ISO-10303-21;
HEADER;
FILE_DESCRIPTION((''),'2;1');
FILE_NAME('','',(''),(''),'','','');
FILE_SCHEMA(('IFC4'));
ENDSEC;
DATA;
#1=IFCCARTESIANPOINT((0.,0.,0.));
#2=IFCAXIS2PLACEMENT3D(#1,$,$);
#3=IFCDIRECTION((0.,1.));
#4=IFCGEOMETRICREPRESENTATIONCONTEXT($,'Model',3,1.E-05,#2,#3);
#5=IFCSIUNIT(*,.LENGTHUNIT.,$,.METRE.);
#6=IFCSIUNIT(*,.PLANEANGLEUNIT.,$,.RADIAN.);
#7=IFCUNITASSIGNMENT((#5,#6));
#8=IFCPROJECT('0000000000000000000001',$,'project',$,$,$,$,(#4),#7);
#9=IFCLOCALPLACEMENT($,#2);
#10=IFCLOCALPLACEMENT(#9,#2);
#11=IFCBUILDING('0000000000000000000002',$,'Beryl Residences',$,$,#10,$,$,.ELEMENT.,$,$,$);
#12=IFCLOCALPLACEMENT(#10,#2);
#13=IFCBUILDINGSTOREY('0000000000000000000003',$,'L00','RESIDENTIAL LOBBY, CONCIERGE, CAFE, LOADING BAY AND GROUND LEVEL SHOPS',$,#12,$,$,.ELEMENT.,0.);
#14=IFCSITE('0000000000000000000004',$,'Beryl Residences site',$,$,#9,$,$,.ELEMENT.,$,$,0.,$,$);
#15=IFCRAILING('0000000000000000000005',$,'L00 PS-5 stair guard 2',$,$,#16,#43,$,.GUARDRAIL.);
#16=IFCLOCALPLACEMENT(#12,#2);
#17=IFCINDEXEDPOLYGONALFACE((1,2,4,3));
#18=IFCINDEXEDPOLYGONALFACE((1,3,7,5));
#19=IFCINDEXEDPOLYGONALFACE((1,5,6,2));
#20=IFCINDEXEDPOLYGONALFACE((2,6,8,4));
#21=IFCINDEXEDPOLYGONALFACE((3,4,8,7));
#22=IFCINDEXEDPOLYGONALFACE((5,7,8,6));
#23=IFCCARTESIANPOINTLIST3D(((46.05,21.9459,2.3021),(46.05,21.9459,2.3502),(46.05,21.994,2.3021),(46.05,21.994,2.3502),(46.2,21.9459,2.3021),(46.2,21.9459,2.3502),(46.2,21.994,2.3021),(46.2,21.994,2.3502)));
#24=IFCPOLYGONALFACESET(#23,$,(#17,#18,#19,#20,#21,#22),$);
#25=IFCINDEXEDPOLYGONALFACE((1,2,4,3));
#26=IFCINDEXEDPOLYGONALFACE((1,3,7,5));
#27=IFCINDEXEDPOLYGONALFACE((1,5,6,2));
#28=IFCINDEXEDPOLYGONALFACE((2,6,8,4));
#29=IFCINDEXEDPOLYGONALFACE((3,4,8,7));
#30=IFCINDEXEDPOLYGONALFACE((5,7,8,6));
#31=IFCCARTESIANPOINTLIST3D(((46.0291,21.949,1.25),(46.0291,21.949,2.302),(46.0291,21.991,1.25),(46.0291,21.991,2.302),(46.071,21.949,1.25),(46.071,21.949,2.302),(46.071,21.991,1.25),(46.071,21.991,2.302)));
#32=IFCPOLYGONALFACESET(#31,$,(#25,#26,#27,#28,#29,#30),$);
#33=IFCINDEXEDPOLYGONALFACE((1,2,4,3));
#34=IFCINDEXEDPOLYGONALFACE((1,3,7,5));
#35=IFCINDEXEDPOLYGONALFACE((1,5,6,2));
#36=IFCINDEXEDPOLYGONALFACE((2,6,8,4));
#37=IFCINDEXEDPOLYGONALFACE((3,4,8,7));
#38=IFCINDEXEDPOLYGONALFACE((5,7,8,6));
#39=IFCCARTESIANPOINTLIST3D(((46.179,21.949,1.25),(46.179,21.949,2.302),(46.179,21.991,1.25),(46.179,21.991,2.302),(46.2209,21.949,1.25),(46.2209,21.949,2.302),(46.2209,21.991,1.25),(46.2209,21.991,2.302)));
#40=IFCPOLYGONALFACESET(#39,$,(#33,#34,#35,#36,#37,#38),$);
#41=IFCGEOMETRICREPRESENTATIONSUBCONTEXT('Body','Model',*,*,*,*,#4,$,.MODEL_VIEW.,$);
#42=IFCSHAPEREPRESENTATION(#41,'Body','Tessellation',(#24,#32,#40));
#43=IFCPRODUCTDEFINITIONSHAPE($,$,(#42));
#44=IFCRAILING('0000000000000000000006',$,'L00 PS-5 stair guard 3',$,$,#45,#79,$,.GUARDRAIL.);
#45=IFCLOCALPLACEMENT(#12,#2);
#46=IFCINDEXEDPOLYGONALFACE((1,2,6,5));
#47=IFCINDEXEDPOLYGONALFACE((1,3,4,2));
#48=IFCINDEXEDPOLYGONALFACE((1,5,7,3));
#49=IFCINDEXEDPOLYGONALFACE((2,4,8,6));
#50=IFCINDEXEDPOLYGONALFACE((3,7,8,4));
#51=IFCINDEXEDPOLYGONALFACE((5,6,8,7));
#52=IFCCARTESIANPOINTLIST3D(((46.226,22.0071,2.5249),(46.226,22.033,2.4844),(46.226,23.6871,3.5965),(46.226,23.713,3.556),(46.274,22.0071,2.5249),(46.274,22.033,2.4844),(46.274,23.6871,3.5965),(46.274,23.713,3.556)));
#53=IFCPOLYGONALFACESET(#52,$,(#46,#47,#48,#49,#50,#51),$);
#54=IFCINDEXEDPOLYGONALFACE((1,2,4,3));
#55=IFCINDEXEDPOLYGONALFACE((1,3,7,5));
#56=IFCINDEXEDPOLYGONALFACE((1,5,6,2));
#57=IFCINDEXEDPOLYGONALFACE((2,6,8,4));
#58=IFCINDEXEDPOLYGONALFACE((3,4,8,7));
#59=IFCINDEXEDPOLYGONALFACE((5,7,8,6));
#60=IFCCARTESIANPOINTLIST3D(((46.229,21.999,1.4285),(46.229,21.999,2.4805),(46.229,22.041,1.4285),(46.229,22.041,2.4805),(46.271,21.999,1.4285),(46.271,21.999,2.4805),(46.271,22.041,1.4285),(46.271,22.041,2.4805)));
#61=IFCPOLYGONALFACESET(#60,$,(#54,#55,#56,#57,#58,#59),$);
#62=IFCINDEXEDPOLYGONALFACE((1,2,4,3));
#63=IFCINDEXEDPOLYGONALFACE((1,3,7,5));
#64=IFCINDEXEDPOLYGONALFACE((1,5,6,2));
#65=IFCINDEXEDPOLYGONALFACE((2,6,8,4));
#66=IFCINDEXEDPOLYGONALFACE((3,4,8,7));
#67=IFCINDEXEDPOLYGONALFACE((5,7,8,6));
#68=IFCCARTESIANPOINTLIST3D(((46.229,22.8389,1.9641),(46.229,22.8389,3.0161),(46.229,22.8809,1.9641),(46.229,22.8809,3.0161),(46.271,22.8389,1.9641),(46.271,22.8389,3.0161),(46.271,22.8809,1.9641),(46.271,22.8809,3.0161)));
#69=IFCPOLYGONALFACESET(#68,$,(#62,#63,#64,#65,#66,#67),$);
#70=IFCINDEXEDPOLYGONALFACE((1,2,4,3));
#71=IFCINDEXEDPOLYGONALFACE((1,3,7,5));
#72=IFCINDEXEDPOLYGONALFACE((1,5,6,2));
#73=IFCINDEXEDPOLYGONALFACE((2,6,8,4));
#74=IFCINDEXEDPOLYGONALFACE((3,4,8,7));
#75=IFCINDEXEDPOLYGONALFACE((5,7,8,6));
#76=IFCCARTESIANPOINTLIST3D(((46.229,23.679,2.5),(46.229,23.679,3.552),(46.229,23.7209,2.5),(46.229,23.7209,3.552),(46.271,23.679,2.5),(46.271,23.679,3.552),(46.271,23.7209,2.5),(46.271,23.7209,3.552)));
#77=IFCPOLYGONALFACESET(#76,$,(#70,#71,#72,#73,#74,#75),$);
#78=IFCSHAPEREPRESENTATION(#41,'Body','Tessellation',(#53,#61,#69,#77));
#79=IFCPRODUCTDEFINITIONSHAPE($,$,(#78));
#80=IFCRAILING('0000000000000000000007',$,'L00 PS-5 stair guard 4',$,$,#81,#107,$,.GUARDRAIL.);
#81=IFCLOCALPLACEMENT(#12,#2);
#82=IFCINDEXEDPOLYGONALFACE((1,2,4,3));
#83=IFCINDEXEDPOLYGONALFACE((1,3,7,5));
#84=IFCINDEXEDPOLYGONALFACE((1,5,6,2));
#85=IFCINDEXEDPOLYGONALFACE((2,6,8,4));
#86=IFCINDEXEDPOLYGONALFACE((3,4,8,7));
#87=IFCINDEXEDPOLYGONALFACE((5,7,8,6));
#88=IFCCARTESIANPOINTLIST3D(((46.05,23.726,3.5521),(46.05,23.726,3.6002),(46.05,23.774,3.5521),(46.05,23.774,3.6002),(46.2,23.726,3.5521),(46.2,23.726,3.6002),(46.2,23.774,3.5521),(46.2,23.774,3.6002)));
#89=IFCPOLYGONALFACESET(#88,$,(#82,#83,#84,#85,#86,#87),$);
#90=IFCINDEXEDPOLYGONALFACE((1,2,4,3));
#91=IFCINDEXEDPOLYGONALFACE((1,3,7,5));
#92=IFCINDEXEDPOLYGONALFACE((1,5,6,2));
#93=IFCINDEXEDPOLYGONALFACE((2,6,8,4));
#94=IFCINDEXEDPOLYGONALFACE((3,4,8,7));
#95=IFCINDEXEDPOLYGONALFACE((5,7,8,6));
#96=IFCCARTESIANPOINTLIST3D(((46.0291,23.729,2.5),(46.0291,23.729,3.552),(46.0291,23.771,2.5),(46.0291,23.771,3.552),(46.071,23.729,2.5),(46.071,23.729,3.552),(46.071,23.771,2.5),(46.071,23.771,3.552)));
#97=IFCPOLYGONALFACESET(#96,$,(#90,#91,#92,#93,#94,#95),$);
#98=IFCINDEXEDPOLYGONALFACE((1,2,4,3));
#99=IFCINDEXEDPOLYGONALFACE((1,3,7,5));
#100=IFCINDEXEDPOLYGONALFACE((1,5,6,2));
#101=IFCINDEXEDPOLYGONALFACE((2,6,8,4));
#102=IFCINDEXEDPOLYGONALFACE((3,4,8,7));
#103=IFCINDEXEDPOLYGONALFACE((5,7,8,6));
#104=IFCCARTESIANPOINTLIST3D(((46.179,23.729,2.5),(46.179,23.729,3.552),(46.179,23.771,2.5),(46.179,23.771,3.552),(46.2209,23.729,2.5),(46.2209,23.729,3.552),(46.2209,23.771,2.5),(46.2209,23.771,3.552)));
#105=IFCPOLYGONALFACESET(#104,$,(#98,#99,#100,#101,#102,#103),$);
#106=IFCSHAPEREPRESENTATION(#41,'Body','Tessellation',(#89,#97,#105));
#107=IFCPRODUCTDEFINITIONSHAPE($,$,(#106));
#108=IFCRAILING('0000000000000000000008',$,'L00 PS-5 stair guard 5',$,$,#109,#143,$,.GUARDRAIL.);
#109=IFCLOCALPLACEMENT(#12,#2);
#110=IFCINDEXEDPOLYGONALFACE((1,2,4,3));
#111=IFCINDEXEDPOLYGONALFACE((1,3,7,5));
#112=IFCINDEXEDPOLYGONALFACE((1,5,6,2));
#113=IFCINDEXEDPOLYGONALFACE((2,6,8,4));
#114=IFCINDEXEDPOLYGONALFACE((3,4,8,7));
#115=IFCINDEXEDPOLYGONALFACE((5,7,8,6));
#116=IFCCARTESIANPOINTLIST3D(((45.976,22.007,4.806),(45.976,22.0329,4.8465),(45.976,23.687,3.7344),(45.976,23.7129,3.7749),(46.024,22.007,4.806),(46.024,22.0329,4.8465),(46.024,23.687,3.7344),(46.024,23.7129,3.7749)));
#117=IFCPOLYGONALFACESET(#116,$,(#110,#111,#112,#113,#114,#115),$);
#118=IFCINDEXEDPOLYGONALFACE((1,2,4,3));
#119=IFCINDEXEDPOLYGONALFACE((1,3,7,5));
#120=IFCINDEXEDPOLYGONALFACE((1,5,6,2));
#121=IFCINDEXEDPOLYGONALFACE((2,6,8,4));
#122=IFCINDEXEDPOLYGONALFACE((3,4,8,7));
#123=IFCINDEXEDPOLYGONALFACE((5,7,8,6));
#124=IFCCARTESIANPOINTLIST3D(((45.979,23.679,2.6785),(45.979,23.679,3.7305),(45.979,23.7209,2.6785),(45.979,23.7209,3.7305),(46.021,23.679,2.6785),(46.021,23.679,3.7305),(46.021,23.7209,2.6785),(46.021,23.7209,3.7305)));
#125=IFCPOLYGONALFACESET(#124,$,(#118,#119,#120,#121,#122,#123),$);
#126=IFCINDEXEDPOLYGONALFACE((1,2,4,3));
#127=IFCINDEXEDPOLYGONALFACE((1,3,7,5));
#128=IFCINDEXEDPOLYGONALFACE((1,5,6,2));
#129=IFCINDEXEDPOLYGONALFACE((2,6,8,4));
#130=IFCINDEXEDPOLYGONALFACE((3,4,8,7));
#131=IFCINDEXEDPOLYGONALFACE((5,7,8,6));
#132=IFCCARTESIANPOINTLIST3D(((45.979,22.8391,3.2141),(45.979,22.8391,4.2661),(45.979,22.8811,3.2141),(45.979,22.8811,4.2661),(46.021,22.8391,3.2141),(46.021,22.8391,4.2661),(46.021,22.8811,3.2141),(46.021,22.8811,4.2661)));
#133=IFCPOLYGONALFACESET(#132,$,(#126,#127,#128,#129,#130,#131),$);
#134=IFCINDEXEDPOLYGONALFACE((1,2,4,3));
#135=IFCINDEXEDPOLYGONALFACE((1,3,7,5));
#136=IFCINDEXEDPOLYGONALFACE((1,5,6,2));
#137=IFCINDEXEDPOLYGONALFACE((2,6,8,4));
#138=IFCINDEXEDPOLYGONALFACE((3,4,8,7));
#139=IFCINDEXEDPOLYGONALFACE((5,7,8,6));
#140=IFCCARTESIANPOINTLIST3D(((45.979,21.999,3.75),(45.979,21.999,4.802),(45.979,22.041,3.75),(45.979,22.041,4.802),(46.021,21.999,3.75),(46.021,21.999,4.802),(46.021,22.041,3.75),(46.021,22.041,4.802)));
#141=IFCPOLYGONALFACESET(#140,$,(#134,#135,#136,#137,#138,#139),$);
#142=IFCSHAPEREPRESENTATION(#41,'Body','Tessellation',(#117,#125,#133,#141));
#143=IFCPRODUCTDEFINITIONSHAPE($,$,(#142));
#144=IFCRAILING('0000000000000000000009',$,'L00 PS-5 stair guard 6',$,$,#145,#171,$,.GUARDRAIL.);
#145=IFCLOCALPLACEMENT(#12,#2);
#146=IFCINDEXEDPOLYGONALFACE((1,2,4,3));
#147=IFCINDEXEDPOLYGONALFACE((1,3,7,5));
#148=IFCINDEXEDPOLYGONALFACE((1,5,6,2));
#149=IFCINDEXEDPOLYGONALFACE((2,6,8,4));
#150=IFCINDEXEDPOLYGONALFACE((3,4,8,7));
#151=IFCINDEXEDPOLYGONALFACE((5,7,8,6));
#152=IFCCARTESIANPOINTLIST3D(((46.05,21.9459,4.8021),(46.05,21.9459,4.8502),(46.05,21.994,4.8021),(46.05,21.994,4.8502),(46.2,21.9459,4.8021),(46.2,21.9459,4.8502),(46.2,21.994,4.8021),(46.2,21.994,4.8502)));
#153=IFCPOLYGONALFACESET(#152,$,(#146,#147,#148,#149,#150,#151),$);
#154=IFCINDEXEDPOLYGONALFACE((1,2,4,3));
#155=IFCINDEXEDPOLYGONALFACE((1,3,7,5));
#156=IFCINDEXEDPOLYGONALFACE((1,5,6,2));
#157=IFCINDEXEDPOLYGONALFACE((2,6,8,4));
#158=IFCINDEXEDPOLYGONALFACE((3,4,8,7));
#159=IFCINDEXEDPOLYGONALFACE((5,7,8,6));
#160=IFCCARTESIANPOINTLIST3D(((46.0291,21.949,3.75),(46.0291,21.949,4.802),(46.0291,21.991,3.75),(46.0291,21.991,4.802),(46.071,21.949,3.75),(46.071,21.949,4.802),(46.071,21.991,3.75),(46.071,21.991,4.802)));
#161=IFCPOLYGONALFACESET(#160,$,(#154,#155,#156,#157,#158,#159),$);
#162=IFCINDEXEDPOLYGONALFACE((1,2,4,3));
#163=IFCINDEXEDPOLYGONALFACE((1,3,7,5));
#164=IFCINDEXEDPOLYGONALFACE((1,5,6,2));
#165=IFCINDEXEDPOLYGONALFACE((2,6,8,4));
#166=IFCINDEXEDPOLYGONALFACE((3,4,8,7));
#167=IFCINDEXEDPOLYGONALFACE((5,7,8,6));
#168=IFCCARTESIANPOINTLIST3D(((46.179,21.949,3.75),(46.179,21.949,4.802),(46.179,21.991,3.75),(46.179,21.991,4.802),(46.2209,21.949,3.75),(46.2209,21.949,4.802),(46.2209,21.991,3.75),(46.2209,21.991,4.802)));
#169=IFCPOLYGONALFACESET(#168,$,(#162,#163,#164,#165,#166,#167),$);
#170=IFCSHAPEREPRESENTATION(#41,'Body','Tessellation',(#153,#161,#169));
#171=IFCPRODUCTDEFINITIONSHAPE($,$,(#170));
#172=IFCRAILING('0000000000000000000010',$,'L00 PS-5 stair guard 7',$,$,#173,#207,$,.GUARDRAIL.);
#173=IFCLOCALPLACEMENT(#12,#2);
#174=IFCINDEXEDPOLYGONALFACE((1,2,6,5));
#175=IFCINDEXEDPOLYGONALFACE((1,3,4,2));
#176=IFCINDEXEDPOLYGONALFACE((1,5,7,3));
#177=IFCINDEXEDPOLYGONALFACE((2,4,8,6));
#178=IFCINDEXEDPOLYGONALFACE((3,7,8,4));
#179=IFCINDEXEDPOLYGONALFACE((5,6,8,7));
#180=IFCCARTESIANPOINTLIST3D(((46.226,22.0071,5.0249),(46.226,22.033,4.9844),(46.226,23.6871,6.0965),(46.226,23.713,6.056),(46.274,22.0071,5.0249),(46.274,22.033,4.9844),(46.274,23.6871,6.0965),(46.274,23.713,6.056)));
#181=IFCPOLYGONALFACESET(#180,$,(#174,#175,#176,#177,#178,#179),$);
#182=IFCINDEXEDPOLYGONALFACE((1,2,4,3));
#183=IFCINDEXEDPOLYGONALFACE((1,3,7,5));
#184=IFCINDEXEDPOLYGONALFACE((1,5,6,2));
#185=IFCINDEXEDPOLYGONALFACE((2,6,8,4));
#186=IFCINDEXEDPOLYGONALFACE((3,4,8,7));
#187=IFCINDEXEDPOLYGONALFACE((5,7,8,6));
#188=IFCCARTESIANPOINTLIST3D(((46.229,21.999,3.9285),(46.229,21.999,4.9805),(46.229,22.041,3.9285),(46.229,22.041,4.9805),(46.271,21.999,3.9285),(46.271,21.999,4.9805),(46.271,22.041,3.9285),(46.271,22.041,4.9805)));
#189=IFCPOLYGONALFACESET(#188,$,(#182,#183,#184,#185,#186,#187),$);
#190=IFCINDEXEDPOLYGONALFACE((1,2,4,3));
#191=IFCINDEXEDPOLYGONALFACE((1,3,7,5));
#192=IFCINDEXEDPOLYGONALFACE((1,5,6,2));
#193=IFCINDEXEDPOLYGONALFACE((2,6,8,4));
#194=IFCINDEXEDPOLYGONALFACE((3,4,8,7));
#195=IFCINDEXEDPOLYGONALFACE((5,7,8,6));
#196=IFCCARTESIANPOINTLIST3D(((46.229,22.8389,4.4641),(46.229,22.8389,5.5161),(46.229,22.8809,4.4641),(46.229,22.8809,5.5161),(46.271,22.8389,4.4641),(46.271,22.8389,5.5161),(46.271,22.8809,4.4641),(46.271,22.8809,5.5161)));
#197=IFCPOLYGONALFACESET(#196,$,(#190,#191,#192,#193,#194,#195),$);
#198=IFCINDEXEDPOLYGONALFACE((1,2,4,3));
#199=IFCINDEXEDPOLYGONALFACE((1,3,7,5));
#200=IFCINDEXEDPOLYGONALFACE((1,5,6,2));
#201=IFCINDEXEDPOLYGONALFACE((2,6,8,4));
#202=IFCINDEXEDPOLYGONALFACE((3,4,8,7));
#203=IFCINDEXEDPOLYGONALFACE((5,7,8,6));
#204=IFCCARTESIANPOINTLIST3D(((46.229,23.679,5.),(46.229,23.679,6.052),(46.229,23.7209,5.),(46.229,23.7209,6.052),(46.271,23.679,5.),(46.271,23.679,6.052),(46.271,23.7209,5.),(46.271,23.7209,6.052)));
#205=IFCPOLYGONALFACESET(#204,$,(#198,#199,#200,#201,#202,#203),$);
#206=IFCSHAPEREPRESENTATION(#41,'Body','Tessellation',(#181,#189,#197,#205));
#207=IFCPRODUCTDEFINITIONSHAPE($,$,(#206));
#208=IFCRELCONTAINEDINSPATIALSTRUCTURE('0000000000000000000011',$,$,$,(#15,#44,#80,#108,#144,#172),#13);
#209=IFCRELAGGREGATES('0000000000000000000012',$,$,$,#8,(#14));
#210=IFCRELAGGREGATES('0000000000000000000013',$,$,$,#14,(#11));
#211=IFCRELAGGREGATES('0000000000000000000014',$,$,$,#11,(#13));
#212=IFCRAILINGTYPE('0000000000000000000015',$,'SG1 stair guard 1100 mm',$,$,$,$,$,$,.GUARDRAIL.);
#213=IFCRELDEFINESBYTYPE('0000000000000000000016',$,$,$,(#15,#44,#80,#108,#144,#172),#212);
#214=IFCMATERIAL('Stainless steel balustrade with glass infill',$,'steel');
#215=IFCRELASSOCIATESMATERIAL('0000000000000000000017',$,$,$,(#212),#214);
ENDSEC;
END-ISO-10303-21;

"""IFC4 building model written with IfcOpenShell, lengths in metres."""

from ifc_helpers import new_model, si_unit, direction, frame, origin, origin_2d, place, context, subcontext, project, spatial, rectangle, extrude, material, type_object, element, save


model = new_model("IFC4")

# Units and contexts
model_context = context("Model", 3, precision=1e-05, world=origin(), true_north=direction((0.0, 1.0)))
body_context = subcontext(model_context, "Body", "Model", "MODEL_VIEW")
ifc_project = project(units=[si_unit("LENGTHUNIT", "METRE"), si_unit("PLANEANGLEUNIT", "RADIAN")], contexts=[model_context])

# Site, building, storey
site_placement = place(None, origin())
site = spatial("IfcSite", under=ifc_project, at=site_placement, Name="Beryl Residences site", CompositionType="ELEMENT", RefElevation=0.0)
building_placement = place(site_placement, origin())
building = spatial("IfcBuilding", under=site, at=building_placement, Name="Beryl Residences", CompositionType="ELEMENT")
storey_placement = place(building_placement, origin())
storey = spatial("IfcBuildingStorey", under=building, at=storey_placement, Name="L00", Description="RESIDENTIAL LOBBY, CONCIERGE, CAFE, LOADING BAY AND GROUND LEVEL SHOPS", CompositionType="ELEMENT", Elevation=0.0)

# Railings
ifc_material_1 = material(Name="Stainless steel balustrade with glass infill", Category="steel")
railing_type_1 = type_object("IfcRailingType", Name="SG1 stair guard 1100 mm", PredefinedType="GUARDRAIL", material=ifc_material_1)
railing_1_placement = place(storey_placement, frame((46.05, 21.97, 1.25)))
element("IfcRailing", 1, at=railing_1_placement, inside=storey, type_object=railing_type_1, Name="L00 PS-5 stair guard 2", PredefinedType="GUARDRAIL", context=body_context, shape_type="SweptSolid", body=[
    extrude(rectangle(XDim=0.0481, YDim=0.0481, at=origin_2d()), frame((0.0, 0.0, 1.0762), z_axis=(1.0, 0.0, 0.0), x_axis=(0.0, 1.0, 0.0)), (0.0, 0.0, 1.0), 0.1499),
    extrude(rectangle(XDim=0.042, YDim=0.042, at=origin_2d()), origin(), (0.0, 0.0, 1.0), 1.052),
    extrude(rectangle(XDim=0.042, YDim=0.042, at=origin_2d()), frame((0.1499, 0.0, 0.0)), (0.0, 0.0, 1.0), 1.052),
])
railing_2_placement = place(storey_placement, frame((46.25, 22.02, 1.4285)))
element("IfcRailing", 2, at=railing_2_placement, inside=storey, type_object=railing_type_1, Name="L00 PS-5 stair guard 3", PredefinedType="GUARDRAIL", context=body_context, shape_type="SweptSolid", body=[
    extrude(rectangle(XDim=0.0481, YDim=0.0481, at=origin_2d()), frame((0.0, 0.0, 1.0762), z_axis=(0.0, 0.843096, 0.537763), x_axis=(-1.0, 0.0, 0.0)), (0.0, 0.0, 1.0), 1.9927),
    extrude(rectangle(XDim=0.042, YDim=0.042, at=origin_2d()), origin(), (0.0, 0.0, 1.0), 1.052),
    extrude(rectangle(XDim=0.042, YDim=0.042, at=origin_2d()), frame((0.0, 0.8398, 0.5356)), (0.0, 0.0, 1.0), 1.052),
    extrude(rectangle(XDim=0.042, YDim=0.042, at=origin_2d()), frame((0.0, 1.6799, 1.0715)), (0.0, 0.0, 1.0), 1.052),
])
railing_3_placement = place(storey_placement, frame((46.05, 23.75, 2.5)))
element("IfcRailing", 3, at=railing_3_placement, inside=storey, type_object=railing_type_1, Name="L00 PS-5 stair guard 4", PredefinedType="GUARDRAIL", context=body_context, shape_type="SweptSolid", body=[
    extrude(rectangle(XDim=0.0481, YDim=0.0481, at=origin_2d()), frame((0.0, 0.0, 1.0762), z_axis=(1.0, 0.0, 0.0), x_axis=(0.0, 1.0, 0.0)), (0.0, 0.0, 1.0), 0.1499),
    extrude(rectangle(XDim=0.042, YDim=0.042, at=origin_2d()), origin(), (0.0, 0.0, 1.0), 1.052),
    extrude(rectangle(XDim=0.042, YDim=0.042, at=origin_2d()), frame((0.1499, 0.0, 0.0)), (0.0, 0.0, 1.0), 1.052),
])
railing_4_placement = place(storey_placement, frame((46.0, 23.7, 2.6785)))
element("IfcRailing", 4, at=railing_4_placement, inside=storey, type_object=railing_type_1, Name="L00 PS-5 stair guard 5", PredefinedType="GUARDRAIL", context=body_context, shape_type="SweptSolid", body=[
    extrude(rectangle(XDim=0.0481, YDim=0.0481, at=origin_2d()), frame((0.0, 0.0, 1.0762), z_axis=(0.0, -0.843096, 0.537763), x_axis=(1.0, 0.0, 0.0)), (0.0, 0.0, 1.0), 1.9927),
    extrude(rectangle(XDim=0.042, YDim=0.042, at=origin_2d()), origin(), (0.0, 0.0, 1.0), 1.052),
    extrude(rectangle(XDim=0.042, YDim=0.042, at=origin_2d()), frame((0.0, -0.8398, 0.5356)), (0.0, 0.0, 1.0), 1.052),
    extrude(rectangle(XDim=0.042, YDim=0.042, at=origin_2d()), frame((0.0, -1.6799, 1.0715)), (0.0, 0.0, 1.0), 1.052),
])
railing_5_placement = place(storey_placement, frame((46.05, 21.97, 3.75)))
element("IfcRailing", 5, at=railing_5_placement, inside=storey, type_object=railing_type_1, Name="L00 PS-5 stair guard 6", PredefinedType="GUARDRAIL", context=body_context, shape_type="SweptSolid", body=[
    extrude(rectangle(XDim=0.0481, YDim=0.0481, at=origin_2d()), frame((0.0, 0.0, 1.0762), z_axis=(1.0, 0.0, 0.0), x_axis=(0.0, 1.0, 0.0)), (0.0, 0.0, 1.0), 0.1499),
    extrude(rectangle(XDim=0.042, YDim=0.042, at=origin_2d()), origin(), (0.0, 0.0, 1.0), 1.052),
    extrude(rectangle(XDim=0.042, YDim=0.042, at=origin_2d()), frame((0.1499, 0.0, 0.0)), (0.0, 0.0, 1.0), 1.052),
])
railing_6_placement = place(storey_placement, frame((46.25, 22.02, 3.9285)))
element("IfcRailing", 6, at=railing_6_placement, inside=storey, type_object=railing_type_1, Name="L00 PS-5 stair guard 7", PredefinedType="GUARDRAIL", context=body_context, shape_type="SweptSolid", body=[
    extrude(rectangle(XDim=0.0481, YDim=0.0481, at=origin_2d()), frame((0.0, 0.0, 1.0762), z_axis=(0.0, 0.843096, 0.537763), x_axis=(-1.0, 0.0, 0.0)), (0.0, 0.0, 1.0), 1.9927),
    extrude(rectangle(XDim=0.042, YDim=0.042, at=origin_2d()), origin(), (0.0, 0.0, 1.0), 1.052),
    extrude(rectangle(XDim=0.042, YDim=0.042, at=origin_2d()), frame((0.0, 0.8398, 0.5356)), (0.0, 0.0, 1.0), 1.052),
    extrude(rectangle(XDim=0.042, YDim=0.042, at=origin_2d()), frame((0.0, 1.6799, 1.0715)), (0.0, 0.0, 1.0), 1.052),
])

save(model, "model.ifc")
